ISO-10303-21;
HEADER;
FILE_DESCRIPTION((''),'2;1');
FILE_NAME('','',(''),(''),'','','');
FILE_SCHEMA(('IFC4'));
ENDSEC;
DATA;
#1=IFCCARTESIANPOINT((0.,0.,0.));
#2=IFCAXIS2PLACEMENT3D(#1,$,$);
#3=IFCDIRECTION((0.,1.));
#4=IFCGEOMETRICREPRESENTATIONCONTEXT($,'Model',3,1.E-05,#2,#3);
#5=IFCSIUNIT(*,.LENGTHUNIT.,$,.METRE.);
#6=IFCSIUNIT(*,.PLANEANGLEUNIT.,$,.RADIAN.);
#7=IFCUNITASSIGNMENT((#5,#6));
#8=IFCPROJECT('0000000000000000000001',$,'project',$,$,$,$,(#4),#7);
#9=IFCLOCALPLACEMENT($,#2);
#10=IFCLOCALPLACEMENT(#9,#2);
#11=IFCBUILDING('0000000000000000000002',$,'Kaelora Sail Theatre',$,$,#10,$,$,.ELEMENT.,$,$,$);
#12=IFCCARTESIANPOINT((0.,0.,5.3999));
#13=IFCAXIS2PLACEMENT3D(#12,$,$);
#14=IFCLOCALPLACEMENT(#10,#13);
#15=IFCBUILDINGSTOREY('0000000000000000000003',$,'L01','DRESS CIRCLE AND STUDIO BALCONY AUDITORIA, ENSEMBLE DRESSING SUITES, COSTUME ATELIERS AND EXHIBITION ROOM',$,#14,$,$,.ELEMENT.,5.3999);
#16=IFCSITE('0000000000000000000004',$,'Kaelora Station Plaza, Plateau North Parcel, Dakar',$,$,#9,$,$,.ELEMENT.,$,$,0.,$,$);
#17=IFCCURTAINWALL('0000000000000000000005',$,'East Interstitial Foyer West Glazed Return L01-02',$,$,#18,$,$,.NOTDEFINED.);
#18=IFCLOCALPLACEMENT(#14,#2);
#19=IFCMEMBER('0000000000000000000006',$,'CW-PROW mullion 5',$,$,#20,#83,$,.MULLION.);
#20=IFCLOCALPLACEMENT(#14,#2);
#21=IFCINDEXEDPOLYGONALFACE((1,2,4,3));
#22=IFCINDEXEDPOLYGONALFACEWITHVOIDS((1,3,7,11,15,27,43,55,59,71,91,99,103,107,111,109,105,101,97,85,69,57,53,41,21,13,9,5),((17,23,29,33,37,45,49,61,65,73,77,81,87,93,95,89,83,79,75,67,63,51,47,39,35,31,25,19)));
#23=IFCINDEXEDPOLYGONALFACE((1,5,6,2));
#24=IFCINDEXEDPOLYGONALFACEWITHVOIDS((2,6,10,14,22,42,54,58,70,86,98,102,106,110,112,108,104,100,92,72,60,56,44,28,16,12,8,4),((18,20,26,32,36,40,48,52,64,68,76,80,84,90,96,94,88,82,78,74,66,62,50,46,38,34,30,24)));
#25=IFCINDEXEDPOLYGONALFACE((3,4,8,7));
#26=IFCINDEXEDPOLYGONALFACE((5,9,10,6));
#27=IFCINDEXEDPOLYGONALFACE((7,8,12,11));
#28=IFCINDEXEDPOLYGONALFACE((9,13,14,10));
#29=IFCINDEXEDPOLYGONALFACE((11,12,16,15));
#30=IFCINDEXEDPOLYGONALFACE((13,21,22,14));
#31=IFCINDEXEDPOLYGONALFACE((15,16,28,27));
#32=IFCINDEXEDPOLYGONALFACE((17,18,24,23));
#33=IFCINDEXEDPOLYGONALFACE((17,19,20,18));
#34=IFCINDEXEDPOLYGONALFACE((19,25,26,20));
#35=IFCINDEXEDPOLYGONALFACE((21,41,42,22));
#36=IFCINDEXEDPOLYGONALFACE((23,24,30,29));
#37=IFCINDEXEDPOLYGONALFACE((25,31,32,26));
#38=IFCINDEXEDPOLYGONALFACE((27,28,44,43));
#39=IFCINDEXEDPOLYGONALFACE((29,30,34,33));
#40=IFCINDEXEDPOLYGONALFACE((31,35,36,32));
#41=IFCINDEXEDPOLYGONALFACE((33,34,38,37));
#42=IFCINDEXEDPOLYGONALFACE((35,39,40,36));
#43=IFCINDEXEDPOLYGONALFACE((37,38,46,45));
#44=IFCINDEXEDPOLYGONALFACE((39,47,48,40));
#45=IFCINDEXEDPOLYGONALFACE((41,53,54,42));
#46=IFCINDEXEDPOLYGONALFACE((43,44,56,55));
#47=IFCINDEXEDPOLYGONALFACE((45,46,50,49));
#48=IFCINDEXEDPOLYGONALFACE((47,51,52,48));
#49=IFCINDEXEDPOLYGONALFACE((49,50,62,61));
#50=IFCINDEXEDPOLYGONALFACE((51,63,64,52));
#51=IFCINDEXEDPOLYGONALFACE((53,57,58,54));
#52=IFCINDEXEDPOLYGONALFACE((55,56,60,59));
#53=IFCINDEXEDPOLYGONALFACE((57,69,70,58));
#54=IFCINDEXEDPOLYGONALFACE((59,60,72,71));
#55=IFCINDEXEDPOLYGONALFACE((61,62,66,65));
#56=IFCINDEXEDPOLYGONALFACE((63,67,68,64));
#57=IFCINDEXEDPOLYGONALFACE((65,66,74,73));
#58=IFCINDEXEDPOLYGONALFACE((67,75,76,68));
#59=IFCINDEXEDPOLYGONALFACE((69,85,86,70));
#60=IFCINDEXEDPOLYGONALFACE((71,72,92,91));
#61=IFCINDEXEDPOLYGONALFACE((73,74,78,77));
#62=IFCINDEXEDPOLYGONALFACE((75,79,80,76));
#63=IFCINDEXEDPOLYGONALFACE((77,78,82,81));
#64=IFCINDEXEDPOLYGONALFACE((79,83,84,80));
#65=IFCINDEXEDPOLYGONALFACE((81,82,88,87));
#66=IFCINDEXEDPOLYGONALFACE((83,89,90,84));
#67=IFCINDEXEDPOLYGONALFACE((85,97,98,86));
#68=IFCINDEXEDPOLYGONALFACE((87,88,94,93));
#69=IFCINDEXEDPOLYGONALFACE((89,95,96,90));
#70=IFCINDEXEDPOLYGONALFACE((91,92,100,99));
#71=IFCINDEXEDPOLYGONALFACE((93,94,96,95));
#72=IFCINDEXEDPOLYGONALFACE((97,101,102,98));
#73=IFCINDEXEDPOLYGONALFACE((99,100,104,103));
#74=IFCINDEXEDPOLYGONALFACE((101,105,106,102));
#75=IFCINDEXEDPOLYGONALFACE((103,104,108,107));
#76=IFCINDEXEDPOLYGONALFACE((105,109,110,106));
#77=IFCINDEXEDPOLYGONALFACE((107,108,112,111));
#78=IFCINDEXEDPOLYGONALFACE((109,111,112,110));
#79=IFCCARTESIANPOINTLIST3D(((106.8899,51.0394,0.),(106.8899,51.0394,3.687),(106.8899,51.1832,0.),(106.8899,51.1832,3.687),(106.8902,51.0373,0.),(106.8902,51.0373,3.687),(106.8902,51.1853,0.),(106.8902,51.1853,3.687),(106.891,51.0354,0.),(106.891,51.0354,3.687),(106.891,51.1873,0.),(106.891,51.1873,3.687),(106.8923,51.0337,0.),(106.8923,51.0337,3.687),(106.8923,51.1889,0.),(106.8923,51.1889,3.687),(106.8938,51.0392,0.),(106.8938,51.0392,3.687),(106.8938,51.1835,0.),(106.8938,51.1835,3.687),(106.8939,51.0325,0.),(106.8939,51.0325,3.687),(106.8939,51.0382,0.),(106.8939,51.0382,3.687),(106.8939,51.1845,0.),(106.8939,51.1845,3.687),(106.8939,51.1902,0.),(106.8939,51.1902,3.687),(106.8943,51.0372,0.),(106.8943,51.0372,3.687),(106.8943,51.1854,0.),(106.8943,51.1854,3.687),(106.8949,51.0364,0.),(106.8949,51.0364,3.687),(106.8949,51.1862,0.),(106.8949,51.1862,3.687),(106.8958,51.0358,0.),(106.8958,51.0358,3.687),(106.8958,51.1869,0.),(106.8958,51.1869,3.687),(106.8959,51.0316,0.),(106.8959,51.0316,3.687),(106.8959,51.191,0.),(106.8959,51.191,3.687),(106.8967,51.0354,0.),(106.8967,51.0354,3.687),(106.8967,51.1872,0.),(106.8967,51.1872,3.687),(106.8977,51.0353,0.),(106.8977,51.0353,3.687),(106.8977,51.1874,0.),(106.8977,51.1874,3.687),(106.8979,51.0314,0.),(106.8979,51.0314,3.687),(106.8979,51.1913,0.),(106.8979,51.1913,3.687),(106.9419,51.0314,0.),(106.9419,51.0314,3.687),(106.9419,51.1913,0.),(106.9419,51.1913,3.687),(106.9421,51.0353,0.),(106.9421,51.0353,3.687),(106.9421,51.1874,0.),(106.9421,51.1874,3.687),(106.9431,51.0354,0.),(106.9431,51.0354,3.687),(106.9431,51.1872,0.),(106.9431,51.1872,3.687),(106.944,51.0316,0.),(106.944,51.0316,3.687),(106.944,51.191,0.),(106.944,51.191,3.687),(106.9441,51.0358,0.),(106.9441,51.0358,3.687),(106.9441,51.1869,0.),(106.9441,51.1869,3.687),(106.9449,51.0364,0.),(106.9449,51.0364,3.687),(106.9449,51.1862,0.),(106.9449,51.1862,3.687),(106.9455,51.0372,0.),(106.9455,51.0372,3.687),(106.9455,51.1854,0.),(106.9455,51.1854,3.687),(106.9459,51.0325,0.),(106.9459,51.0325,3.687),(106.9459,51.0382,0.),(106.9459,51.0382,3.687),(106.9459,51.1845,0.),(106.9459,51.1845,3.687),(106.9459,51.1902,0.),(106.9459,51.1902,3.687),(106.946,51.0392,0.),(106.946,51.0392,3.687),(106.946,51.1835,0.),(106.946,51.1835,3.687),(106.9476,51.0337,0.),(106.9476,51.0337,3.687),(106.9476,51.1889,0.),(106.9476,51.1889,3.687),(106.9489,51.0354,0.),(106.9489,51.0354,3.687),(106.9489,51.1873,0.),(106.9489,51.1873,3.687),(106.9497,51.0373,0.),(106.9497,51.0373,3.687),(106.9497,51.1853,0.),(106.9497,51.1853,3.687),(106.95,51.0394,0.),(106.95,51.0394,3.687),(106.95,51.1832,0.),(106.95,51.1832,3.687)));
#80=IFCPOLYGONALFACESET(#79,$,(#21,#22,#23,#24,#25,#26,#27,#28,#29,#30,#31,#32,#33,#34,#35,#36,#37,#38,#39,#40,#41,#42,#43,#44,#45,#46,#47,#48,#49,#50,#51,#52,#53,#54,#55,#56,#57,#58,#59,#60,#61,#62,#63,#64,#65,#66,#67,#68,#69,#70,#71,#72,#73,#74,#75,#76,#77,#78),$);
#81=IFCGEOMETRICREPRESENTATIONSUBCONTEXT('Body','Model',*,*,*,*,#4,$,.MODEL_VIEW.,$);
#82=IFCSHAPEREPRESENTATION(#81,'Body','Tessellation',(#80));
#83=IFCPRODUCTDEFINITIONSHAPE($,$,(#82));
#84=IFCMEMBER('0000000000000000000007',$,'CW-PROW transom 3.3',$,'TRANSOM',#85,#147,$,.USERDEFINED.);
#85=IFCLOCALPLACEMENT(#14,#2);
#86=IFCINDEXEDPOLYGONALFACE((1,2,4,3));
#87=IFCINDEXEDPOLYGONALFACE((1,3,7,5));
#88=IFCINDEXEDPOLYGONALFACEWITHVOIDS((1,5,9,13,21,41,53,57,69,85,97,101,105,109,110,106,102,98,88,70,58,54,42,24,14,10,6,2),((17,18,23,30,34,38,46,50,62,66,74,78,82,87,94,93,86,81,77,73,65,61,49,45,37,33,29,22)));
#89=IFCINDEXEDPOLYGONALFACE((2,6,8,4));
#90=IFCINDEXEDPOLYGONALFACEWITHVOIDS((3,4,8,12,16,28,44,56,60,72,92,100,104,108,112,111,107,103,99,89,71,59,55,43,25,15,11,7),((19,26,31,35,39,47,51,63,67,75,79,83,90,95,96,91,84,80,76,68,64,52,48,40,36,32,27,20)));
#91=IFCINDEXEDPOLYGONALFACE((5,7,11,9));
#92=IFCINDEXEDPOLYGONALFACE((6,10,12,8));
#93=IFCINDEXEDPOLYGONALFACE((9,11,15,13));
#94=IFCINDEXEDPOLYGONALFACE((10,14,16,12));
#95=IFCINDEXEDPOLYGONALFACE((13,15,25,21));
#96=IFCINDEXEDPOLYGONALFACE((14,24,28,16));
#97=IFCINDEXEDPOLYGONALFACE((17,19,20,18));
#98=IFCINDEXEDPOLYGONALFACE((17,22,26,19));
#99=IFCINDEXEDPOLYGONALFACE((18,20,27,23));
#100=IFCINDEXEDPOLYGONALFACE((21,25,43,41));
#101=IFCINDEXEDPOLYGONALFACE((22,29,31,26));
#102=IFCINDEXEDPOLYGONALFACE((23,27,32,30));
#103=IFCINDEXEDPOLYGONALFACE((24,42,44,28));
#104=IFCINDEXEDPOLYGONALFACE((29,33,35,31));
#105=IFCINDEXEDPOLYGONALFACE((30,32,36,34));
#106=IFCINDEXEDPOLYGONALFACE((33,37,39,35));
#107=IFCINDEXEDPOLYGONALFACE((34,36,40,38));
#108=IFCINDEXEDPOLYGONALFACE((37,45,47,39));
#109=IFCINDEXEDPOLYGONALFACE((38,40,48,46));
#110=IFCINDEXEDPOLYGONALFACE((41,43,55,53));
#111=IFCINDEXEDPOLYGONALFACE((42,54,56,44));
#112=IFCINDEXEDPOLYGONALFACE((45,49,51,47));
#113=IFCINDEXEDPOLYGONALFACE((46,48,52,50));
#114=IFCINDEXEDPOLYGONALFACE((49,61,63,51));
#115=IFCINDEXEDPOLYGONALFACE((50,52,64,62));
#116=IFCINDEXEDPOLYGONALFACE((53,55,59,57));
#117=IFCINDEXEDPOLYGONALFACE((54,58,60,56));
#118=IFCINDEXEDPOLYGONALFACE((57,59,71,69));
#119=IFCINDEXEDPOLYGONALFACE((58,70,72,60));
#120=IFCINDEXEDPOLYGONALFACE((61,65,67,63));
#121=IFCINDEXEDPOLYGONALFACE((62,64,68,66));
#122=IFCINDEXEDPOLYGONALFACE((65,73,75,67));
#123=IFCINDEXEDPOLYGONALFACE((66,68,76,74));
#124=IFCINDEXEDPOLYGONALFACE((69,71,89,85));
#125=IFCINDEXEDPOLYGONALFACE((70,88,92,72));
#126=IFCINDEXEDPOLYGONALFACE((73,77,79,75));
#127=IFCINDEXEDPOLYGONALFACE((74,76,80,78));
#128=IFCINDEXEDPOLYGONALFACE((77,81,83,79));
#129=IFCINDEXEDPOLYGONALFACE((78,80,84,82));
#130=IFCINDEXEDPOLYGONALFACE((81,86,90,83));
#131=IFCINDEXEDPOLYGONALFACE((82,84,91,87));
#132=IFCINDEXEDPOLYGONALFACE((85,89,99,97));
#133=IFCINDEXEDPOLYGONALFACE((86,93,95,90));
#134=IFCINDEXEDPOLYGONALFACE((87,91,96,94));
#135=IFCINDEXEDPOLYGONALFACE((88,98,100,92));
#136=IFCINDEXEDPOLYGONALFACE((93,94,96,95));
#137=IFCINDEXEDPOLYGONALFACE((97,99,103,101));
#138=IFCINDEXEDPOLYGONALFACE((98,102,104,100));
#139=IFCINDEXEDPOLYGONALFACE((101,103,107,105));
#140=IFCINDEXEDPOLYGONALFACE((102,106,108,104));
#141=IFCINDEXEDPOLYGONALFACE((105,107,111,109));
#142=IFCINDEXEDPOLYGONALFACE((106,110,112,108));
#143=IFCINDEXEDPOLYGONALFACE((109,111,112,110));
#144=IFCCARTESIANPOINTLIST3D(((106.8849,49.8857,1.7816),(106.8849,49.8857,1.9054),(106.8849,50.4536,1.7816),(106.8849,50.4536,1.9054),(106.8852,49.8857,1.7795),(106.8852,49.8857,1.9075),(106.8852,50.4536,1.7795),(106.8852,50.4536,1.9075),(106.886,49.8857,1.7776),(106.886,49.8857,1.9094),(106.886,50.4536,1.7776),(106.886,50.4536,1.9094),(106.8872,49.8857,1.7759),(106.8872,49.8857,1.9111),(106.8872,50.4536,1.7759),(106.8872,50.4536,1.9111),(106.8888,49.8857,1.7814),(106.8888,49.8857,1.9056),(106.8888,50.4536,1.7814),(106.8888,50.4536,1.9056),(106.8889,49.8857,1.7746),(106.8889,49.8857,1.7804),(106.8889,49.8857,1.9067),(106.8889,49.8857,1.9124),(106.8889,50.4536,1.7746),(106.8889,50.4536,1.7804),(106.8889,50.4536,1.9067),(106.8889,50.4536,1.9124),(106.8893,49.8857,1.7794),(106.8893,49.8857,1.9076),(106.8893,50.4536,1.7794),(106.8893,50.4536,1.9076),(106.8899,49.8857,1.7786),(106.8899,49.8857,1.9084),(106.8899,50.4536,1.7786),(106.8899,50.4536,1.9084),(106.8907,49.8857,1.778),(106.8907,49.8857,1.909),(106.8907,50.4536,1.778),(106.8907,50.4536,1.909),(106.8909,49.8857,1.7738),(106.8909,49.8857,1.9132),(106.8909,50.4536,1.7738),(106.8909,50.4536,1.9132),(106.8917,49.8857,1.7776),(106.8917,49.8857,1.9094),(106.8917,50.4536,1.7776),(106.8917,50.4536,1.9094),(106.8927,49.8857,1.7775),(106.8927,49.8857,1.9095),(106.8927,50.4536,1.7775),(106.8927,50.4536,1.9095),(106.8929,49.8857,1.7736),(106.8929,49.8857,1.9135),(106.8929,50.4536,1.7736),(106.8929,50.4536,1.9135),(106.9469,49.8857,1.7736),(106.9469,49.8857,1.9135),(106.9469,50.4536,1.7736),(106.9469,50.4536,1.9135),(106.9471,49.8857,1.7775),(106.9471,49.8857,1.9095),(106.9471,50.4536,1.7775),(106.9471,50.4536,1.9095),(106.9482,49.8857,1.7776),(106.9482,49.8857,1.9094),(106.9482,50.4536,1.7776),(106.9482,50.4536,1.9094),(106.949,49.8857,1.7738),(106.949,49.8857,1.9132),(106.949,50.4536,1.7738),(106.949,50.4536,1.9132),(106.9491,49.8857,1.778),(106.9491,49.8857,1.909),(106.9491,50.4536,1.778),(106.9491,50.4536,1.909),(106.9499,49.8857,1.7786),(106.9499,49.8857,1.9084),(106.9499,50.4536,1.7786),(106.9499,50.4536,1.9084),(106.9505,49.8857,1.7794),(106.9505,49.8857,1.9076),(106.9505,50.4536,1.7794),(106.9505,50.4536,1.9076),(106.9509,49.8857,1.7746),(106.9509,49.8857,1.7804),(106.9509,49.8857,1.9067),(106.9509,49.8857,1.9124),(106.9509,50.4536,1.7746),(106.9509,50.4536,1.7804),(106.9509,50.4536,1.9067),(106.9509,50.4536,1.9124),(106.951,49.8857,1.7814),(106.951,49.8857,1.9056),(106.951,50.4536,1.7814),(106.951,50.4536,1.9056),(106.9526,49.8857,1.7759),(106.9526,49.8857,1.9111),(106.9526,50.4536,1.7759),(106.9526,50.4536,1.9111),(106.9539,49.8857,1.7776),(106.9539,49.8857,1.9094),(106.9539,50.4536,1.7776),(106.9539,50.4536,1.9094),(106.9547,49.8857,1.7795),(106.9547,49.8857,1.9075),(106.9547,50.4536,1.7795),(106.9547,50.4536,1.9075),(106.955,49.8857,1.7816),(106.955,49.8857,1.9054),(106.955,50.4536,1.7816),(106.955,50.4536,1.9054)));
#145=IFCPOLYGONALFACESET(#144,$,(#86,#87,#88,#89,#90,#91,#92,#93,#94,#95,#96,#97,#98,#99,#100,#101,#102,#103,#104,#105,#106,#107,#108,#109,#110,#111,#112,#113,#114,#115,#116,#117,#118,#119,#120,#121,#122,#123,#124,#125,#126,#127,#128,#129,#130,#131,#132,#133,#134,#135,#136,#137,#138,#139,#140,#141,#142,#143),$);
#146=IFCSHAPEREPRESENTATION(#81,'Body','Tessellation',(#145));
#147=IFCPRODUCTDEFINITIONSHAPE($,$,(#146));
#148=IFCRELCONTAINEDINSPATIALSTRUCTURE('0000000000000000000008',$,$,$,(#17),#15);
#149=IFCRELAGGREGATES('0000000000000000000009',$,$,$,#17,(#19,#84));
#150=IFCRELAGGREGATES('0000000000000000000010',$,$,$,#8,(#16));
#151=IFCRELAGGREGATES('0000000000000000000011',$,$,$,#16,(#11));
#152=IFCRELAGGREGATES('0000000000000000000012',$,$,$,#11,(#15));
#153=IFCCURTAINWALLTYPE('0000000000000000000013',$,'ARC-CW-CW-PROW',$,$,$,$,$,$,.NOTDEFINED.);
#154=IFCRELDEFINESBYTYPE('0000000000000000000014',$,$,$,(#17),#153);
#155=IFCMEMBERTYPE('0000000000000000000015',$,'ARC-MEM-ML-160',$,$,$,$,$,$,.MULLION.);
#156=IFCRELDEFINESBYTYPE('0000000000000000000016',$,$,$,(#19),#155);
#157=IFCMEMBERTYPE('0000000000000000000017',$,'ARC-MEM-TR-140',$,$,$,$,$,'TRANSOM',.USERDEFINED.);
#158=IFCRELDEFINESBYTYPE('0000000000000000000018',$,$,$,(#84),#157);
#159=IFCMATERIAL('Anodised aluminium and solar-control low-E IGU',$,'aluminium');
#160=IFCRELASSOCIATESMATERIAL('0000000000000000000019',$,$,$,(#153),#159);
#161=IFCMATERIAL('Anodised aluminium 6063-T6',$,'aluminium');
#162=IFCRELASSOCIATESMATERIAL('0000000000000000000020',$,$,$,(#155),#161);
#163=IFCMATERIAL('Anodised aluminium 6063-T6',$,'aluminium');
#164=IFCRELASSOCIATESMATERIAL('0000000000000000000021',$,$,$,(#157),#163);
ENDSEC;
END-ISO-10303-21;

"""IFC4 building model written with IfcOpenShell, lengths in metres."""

from ifc_helpers import new_model, si_unit, direction, frame, origin, origin_2d, place, context, subcontext, project, spatial, hollow_rectangle, extrude, material, material_profile, profile_set, type_object, element, aggregate, save


model = new_model("IFC4")

# Units and contexts
model_context = context("Model", 3, precision=1e-05, world=origin(), true_north=direction((0.0, 1.0)))
body_context = subcontext(model_context, "Body", "Model", "MODEL_VIEW")
ifc_project = project(units=[si_unit("LENGTHUNIT", "METRE"), si_unit("PLANEANGLEUNIT", "RADIAN")], contexts=[model_context])

# Site, building, storey
site_placement = place(None, origin())
site = spatial("IfcSite", under=ifc_project, at=site_placement, Name="Kaelora Station Plaza, Plateau North Parcel, Dakar", CompositionType="ELEMENT", RefElevation=0.0)
building_placement = place(site_placement, origin())
building = spatial("IfcBuilding", under=site, at=building_placement, Name="Kaelora Sail Theatre", CompositionType="ELEMENT")
storey_placement = place(building_placement, frame((0.0, 0.0, 5.3999)))
storey = spatial("IfcBuildingStorey", under=building, at=storey_placement, Name="L01", Description="DRESS CIRCLE AND STUDIO BALCONY AUDITORIA, ENSEMBLE DRESSING SUITES, COSTUME ATELIERS AND EXHIBITION ROOM", CompositionType="ELEMENT", Elevation=5.3999)

# Curtain wall, members
ifc_material_1 = material(Name="Anodised aluminium and solar-control low-E IGU", Category="aluminium")
curtain_wall_type = type_object("IfcCurtainWallType", Name="ARC-CW-CW-PROW", PredefinedType="NOTDEFINED", material=ifc_material_1)
curtain_wall_placement = place(storey_placement, origin())
curtain_wall = element("IfcCurtainWall", 1, at=curtain_wall_placement, inside=storey, type_object=curtain_wall_type, Name="East Interstitial Foyer West Glazed Return L01-02", PredefinedType="NOTDEFINED")
ifc_material_2 = material(Name="Anodised aluminium 6063-T6", Category="aluminium")
ifc_material_profile_1 = material_profile(ifc_material_2, hollow_rectangle(XDim=0.0601, YDim=0.1599, WallThickness=0.0039, InnerFilletRadius=0.0039, OuterFilletRadius=0.0081, at=origin_2d()), Name="ALU-MULL 60x160x4")
ifc_profile_set_1 = profile_set([ifc_material_profile_1], Name="Anodised aluminium 6063-T6")
member_type_1 = type_object("IfcMemberType", Name="ARC-MEM-ML-160", PredefinedType="MULLION", material=ifc_profile_set_1)
member_1_placement = place(storey_placement, frame((106.9199, 51.1113, 0.0), z_axis=(0.0, 0.0, 1.0), x_axis=(-1.0, 0.0, 0.0)))
member_1 = element("IfcMember", 2, at=member_1_placement, type_object=member_type_1, Name="CW-PROW mullion 5", PredefinedType="MULLION", context=body_context, shape_type="SweptSolid", body=[
    extrude(hollow_rectangle(XDim=0.0601, YDim=0.1599, WallThickness=0.0039, InnerFilletRadius=0.0039, OuterFilletRadius=0.0081, at=origin_2d()), origin(), (0.0, 0.0, 1.0), 3.687),
])
ifc_material_3 = material(Name="Anodised aluminium 6063-T6", Category="aluminium")
ifc_material_profile_2 = material_profile(ifc_material_3, hollow_rectangle(XDim=0.0701, YDim=0.1399, WallThickness=0.0039, InnerFilletRadius=0.0039, OuterFilletRadius=0.0081, at=origin_2d()), Name="ALU-TRAN 70x140x4")
ifc_profile_set_2 = profile_set([ifc_material_profile_2], Name="Anodised aluminium 6063-T6")
member_type_2 = type_object("IfcMemberType", Name="ARC-MEM-TR-140", ElementType="TRANSOM", PredefinedType="USERDEFINED", material=ifc_profile_set_2)
member_2_placement = place(storey_placement, frame((106.9199, 49.8857, 1.8435), z_axis=(0.0, 1.0, 0.0), x_axis=(-1.0, 0.0, 0.0)))
member_2 = element("IfcMember", 3, at=member_2_placement, type_object=member_type_2, Name="CW-PROW transom 3.3", ObjectType="TRANSOM", PredefinedType="USERDEFINED", context=body_context, shape_type="SweptSolid", body=[
    extrude(hollow_rectangle(XDim=0.0701, YDim=0.1399, WallThickness=0.0039, InnerFilletRadius=0.0039, OuterFilletRadius=0.0081, at=origin_2d()), origin(), (0.0, 0.0, 1.0), 0.5679),
])

aggregate(curtain_wall, [member_1, member_2])

save(model, "model.ifc")
